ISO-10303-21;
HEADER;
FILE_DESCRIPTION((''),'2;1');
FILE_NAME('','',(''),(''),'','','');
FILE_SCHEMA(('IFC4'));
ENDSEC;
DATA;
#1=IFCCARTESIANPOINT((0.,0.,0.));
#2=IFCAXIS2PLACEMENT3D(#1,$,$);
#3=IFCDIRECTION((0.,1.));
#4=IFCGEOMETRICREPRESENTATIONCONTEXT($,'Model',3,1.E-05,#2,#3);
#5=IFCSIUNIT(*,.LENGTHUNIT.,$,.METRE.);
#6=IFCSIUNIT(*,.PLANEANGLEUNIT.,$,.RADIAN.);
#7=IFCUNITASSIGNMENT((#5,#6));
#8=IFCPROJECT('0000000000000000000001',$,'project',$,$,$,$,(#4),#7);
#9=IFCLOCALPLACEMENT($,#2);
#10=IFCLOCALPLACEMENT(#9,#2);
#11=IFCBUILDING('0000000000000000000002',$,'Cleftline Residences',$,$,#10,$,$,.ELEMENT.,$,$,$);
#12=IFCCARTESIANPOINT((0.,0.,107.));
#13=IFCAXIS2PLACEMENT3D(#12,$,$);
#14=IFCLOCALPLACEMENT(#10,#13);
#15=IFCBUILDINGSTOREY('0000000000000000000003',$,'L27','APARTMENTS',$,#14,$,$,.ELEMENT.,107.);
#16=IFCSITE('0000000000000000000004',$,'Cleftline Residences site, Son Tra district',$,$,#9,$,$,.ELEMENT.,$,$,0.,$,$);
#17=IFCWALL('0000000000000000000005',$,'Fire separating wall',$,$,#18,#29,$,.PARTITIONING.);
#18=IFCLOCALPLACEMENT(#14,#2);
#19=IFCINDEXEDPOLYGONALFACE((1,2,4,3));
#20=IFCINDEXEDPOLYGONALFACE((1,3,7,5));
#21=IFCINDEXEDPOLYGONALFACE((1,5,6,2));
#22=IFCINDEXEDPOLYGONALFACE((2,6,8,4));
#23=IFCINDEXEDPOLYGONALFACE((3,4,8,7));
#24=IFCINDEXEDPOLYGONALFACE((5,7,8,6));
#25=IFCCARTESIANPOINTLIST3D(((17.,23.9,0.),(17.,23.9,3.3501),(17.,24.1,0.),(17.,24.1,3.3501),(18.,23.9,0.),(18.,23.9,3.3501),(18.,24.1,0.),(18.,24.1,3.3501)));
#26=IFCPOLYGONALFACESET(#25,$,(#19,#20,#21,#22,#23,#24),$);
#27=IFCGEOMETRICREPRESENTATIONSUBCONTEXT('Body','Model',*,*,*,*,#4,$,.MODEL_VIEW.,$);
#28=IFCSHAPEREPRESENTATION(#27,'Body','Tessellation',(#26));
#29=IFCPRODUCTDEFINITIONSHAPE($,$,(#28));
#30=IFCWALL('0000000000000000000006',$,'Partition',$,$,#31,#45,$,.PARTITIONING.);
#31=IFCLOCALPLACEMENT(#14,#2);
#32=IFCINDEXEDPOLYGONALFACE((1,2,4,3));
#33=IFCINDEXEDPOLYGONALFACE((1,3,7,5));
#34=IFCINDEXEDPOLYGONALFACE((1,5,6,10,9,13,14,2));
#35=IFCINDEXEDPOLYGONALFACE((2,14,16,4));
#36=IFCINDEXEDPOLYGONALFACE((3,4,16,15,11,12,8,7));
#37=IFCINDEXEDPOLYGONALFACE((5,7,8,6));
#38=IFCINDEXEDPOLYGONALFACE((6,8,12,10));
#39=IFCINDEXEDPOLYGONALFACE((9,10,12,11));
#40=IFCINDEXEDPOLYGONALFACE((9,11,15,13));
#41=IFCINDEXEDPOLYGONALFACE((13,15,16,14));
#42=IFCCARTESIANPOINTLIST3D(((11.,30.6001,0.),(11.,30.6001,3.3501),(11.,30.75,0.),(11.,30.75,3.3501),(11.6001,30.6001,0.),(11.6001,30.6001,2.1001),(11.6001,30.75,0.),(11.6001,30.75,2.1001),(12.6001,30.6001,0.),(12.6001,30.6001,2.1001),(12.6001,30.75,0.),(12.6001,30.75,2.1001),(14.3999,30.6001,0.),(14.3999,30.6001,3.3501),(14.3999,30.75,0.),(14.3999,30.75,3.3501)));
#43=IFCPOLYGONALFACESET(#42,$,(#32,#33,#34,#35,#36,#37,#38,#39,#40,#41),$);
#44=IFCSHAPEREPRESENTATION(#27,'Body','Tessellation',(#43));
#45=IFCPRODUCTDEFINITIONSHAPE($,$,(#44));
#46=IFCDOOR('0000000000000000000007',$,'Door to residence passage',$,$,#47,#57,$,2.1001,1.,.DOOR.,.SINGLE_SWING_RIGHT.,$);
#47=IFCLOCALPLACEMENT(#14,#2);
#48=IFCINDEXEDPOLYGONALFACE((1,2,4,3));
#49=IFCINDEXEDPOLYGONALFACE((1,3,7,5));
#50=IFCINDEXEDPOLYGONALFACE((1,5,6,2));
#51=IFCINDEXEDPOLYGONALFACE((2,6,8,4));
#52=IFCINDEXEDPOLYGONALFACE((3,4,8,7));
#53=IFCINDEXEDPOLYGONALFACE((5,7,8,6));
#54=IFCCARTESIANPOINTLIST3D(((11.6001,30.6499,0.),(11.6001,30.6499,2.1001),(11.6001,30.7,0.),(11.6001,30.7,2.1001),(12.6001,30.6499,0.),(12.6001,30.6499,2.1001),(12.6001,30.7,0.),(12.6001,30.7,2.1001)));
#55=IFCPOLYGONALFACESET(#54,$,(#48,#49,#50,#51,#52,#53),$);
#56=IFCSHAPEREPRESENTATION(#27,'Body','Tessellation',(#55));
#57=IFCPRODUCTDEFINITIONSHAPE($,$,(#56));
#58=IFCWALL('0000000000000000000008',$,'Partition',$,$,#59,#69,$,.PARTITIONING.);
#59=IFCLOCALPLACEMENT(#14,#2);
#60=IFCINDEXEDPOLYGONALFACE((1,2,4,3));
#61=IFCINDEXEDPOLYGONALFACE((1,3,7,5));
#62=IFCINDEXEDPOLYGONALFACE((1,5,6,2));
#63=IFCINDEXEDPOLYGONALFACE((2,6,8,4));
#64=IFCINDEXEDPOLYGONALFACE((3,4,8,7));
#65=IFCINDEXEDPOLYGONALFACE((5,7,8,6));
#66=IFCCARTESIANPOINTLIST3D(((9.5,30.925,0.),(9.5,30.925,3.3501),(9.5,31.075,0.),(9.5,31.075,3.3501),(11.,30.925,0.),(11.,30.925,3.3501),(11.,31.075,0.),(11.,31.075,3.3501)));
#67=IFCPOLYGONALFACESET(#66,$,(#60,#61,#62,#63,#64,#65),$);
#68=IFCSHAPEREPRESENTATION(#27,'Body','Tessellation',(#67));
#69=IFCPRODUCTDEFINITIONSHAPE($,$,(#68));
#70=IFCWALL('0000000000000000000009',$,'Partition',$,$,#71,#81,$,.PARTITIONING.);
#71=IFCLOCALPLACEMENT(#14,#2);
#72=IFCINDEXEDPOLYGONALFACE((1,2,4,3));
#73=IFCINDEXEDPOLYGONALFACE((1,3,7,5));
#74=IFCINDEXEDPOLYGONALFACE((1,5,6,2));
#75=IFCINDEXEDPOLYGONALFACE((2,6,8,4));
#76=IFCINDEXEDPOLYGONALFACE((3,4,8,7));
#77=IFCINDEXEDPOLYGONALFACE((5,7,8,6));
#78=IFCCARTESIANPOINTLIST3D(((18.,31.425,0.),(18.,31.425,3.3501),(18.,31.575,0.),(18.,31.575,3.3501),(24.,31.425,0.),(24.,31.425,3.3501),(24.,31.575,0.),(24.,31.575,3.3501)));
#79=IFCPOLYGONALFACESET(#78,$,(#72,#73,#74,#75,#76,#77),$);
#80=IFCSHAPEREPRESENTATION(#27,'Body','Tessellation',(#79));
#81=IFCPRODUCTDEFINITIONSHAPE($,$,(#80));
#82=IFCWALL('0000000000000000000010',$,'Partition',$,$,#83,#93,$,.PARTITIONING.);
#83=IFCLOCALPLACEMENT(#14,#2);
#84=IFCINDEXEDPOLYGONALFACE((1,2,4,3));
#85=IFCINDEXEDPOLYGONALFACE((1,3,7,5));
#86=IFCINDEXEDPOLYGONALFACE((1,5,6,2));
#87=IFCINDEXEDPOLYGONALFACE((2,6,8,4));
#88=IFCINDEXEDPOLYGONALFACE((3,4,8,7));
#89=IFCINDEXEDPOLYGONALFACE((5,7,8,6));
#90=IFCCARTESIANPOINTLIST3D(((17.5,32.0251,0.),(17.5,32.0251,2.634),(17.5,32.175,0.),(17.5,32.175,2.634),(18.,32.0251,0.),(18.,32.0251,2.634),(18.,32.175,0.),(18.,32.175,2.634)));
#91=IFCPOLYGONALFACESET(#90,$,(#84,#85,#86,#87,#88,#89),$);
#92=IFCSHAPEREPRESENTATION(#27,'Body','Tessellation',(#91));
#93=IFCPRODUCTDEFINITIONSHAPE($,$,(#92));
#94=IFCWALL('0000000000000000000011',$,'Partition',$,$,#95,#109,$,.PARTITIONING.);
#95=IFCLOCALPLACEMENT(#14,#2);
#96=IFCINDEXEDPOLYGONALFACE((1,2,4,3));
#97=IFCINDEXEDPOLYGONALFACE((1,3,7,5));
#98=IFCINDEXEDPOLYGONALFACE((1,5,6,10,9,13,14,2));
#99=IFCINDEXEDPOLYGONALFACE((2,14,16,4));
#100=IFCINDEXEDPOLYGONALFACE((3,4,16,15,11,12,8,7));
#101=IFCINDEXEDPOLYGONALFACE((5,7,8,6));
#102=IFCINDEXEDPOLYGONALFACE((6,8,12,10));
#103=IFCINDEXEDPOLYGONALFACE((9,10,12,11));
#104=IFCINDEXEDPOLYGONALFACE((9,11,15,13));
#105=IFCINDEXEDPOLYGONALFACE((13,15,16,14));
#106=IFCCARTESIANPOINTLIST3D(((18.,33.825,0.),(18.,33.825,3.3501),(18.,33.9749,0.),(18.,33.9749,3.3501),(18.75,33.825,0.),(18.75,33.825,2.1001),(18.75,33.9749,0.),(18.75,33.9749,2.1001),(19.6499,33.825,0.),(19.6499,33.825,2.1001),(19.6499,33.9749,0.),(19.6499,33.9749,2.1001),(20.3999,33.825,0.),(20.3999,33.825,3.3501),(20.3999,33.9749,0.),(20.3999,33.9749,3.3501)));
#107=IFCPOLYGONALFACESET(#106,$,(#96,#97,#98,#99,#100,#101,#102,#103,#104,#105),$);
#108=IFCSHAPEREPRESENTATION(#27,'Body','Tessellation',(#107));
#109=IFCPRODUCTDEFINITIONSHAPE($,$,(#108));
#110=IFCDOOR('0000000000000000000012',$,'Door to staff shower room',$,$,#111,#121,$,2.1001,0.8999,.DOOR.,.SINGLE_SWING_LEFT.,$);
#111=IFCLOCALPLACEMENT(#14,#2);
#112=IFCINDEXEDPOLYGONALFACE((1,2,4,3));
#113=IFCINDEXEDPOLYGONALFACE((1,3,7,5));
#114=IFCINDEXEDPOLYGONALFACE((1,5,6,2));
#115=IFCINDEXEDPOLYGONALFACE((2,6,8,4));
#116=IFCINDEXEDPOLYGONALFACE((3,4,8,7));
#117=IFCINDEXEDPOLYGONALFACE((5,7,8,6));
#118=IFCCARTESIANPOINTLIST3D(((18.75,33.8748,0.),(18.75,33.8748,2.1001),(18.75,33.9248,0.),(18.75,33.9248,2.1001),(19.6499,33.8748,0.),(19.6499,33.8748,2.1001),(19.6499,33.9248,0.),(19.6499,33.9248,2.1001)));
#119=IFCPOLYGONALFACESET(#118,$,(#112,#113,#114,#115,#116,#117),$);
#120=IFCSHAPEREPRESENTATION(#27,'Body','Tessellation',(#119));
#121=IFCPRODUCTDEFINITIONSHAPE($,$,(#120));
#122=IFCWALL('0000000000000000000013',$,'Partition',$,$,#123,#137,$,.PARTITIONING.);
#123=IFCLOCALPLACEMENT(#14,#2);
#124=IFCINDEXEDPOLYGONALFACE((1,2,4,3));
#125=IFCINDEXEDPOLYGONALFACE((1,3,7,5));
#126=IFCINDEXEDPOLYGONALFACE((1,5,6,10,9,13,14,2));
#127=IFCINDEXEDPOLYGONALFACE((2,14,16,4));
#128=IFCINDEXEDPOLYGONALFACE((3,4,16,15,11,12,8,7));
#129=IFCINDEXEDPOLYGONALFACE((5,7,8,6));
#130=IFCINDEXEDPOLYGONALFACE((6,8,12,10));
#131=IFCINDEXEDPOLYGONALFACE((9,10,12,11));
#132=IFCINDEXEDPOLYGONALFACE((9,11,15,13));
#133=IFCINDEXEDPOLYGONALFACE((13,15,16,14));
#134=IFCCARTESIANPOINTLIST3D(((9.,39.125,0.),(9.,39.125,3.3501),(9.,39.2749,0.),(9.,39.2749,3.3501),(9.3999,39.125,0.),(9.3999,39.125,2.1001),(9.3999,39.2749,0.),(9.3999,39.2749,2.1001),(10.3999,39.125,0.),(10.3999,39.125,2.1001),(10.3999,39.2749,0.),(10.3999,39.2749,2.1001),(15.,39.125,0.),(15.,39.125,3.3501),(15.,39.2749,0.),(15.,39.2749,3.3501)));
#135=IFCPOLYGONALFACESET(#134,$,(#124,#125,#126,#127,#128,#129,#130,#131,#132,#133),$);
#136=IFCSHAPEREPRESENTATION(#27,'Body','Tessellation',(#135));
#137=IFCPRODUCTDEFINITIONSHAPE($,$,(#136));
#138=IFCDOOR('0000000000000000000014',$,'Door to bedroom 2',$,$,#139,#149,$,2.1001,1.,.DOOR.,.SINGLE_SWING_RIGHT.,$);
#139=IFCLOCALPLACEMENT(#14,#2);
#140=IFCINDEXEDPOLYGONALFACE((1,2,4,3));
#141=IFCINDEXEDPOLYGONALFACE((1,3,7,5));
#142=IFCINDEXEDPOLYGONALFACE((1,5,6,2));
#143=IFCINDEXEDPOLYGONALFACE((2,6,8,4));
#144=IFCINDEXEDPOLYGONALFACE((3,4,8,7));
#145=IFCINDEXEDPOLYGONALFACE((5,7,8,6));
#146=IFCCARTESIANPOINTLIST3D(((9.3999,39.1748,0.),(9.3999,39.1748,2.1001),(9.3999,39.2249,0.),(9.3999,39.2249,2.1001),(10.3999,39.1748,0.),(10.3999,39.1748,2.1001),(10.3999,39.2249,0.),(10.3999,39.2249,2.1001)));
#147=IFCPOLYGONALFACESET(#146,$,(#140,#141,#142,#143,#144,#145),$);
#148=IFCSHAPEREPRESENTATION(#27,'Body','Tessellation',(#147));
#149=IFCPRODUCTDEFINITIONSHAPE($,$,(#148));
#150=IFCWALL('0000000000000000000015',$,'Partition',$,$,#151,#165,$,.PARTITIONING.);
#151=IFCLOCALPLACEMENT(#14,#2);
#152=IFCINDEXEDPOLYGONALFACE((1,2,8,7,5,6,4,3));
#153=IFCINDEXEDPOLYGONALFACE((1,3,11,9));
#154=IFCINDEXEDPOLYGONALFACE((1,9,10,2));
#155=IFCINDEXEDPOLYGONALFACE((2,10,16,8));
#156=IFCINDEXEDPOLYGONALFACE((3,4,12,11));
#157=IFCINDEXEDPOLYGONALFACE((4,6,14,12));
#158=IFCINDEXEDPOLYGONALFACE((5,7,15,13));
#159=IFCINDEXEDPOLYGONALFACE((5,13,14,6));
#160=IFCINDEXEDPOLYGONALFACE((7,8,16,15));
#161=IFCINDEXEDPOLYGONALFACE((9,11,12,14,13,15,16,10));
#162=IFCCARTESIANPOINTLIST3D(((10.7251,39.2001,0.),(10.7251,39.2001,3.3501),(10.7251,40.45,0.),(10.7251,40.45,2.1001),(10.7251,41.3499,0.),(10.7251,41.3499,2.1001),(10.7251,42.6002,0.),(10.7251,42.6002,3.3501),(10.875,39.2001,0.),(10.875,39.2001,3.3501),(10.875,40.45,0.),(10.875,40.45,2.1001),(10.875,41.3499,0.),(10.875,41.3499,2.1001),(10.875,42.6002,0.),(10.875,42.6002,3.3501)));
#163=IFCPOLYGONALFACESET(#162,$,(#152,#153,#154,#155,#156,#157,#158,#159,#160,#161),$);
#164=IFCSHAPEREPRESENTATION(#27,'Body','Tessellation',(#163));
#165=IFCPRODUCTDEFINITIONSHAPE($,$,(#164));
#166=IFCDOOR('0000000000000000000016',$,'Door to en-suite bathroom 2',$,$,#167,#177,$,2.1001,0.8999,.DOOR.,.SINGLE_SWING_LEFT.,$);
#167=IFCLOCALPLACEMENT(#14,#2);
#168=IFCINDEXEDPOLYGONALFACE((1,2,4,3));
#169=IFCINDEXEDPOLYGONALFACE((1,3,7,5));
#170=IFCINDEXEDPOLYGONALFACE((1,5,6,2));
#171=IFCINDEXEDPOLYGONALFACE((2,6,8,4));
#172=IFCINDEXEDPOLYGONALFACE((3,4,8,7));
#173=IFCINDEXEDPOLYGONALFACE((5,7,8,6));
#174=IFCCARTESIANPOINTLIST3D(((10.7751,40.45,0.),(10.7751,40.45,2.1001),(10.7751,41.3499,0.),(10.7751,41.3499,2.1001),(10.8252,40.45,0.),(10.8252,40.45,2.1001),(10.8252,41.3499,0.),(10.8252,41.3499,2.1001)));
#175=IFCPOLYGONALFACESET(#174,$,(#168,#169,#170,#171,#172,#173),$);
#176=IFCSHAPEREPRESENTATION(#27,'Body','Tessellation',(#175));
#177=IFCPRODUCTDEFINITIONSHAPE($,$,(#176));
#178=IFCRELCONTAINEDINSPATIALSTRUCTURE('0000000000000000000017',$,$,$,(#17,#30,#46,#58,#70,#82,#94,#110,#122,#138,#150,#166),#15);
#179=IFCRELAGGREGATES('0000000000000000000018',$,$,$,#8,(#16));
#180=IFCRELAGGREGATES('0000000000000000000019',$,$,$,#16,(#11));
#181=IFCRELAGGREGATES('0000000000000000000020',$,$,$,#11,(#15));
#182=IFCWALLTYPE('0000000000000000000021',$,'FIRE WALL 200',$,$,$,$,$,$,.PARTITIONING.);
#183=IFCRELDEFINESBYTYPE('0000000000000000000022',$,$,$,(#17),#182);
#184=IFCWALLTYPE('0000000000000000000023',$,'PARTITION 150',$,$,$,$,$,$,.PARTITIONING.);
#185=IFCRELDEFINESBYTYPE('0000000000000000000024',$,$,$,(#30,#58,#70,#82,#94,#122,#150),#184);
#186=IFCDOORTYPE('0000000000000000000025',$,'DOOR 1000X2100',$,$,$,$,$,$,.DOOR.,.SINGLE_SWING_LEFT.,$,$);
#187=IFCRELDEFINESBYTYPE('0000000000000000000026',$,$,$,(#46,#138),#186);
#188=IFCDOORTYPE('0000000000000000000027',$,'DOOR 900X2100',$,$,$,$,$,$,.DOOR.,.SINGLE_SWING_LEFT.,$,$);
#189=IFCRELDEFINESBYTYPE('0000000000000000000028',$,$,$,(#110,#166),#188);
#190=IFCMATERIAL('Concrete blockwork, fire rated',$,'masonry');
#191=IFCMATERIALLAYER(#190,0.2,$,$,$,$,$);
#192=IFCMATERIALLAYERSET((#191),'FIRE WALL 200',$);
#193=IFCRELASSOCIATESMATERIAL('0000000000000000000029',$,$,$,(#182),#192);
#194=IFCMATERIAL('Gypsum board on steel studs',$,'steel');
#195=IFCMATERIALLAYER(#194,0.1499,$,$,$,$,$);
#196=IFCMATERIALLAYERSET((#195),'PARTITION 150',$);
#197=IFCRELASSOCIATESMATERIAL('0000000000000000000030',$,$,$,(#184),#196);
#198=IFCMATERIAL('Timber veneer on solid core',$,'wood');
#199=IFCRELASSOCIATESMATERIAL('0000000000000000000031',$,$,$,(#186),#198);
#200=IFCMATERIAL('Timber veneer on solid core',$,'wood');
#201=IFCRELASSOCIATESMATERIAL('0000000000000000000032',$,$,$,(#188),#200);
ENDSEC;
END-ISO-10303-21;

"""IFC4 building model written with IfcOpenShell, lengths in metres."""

from ifc_helpers import new_model, si_unit, direction, frame, frame_2d, origin, place, context, subcontext, project, spatial, rectangle, extrude, material, layer, layer_set, type_object, element, fill, save


model = new_model("IFC4")

# Units and contexts
model_context = context("Model", 3, precision=1e-05, world=origin(), true_north=direction((0.0, 1.0)))
body_context = subcontext(model_context, "Body", "Model", "MODEL_VIEW")
ifc_project = project(units=[si_unit("LENGTHUNIT", "METRE"), si_unit("PLANEANGLEUNIT", "RADIAN")], contexts=[model_context])

# Site, building, storey
site_placement = place(None, origin())
site = spatial("IfcSite", under=ifc_project, at=site_placement, Name="Cleftline Residences site, Son Tra district", CompositionType="ELEMENT", RefElevation=0.0)
building_placement = place(site_placement, origin())
building = spatial("IfcBuilding", under=site, at=building_placement, Name="Cleftline Residences", CompositionType="ELEMENT")
storey_placement = place(building_placement, frame((0.0, 0.0, 107.0)))
storey = spatial("IfcBuildingStorey", under=building, at=storey_placement, Name="L27", Description="APARTMENTS", CompositionType="ELEMENT", Elevation=107.0)

# Wall
ifc_material_1 = material(Name="Concrete blockwork, fire rated", Category="masonry")
ifc_layer_1 = layer(ifc_material_1, 0.2)
ifc_layer_set_1 = layer_set([ifc_layer_1], Name="FIRE WALL 200")
wall_type_1 = type_object("IfcWallType", Name="FIRE WALL 200", PredefinedType="PARTITIONING", material=ifc_layer_set_1)
wall_1_placement = place(storey_placement, frame((17.0, 24.0, 0.0), z_axis=(0.0, 0.0, 1.0), x_axis=(1.0, 0.0, 0.0)))
element("IfcWall", 1, at=wall_1_placement, inside=storey, type_object=wall_type_1, Name="Fire separating wall", PredefinedType="PARTITIONING", context=body_context, shape_type="SweptSolid", body=[
    extrude(rectangle(XDim=1.0, YDim=0.2, at=frame_2d((0.5, 0.0))), origin(), (0.0, 0.0, 1.0), 3.3501),
])

# Wall, opening, door
ifc_material_2 = material(Name="Gypsum board on steel studs", Category="steel")
ifc_layer_2 = layer(ifc_material_2, 0.1499)
ifc_layer_set_2 = layer_set([ifc_layer_2], Name="PARTITION 150")
wall_type_2 = type_object("IfcWallType", Name="PARTITION 150", PredefinedType="PARTITIONING", material=ifc_layer_set_2)
wall_2_placement = place(storey_placement, frame((11.0, 30.675, 0.0), z_axis=(0.0, 0.0, 1.0), x_axis=(1.0, 0.0, 0.0)))
wall_2 = element("IfcWall", 2, at=wall_2_placement, inside=storey, type_object=wall_type_2, Name="Partition", PredefinedType="PARTITIONING", context=body_context, shape_type="SweptSolid", body=[
    extrude(rectangle(XDim=3.3999, YDim=0.1499, at=frame_2d((1.7, 0.0))), origin(), (0.0, 0.0, 1.0), 3.3501),
])
opening_1_placement = place(wall_2_placement, frame((0.6001, 0.0, 0.0)))
opening_1 = element("IfcOpeningElement", 3, at=opening_1_placement, cuts=wall_2, PredefinedType="OPENING", context=body_context, shape_type="SweptSolid", body=[
    extrude(rectangle(XDim=1.0, YDim=2.1001, at=frame_2d((0.5, 1.05))), frame((0.0, 0.085, 0.0), z_axis=(0.0, -1.0, 0.0), x_axis=(1.0, 0.0, 0.0)), (0.0, 0.0, 1.0), 0.1699),
])
ifc_material_3 = material(Name="Timber veneer on solid core", Category="wood")
door_type_1 = type_object("IfcDoorType", Name="DOOR 1000X2100", OperationType="SINGLE_SWING_LEFT", PredefinedType="DOOR", material=ifc_material_3)
door_1_placement = place(opening_1_placement, origin())
door_1 = element("IfcDoor", 4, at=door_1_placement, inside=storey, type_object=door_type_1, Name="Door to residence passage", OperationType="SINGLE_SWING_RIGHT", OverallHeight=2.1001, OverallWidth=1.0, PredefinedType="DOOR", context=body_context, shape_type="SweptSolid", body=[
    extrude(rectangle(XDim=1.0, YDim=2.1001, at=frame_2d((0.5, 1.05))), frame((0.0, 0.0249, 0.0), z_axis=(0.0, -1.0, 0.0), x_axis=(1.0, 0.0, 0.0)), (0.0, 0.0, 1.0), 0.05),
])
fill(opening_1, door_1)

# Walls
wall_3_placement = place(storey_placement, frame((9.5, 31.0, 0.0), z_axis=(0.0, 0.0, 1.0), x_axis=(1.0, 0.0, 0.0)))
element("IfcWall", 5, at=wall_3_placement, inside=storey, type_object=wall_type_2, Name="Partition", PredefinedType="PARTITIONING", context=body_context, shape_type="SweptSolid", body=[
    extrude(rectangle(XDim=1.5, YDim=0.1499, at=frame_2d((0.75, 0.0))), origin(), (0.0, 0.0, 1.0), 3.3501),
])
wall_4_placement = place(storey_placement, frame((18.0, 31.5, 0.0), z_axis=(0.0, 0.0, 1.0), x_axis=(1.0, 0.0, 0.0)))
element("IfcWall", 6, at=wall_4_placement, inside=storey, type_object=wall_type_2, Name="Partition", PredefinedType="PARTITIONING", context=body_context, shape_type="SweptSolid", body=[
    extrude(rectangle(XDim=6.0, YDim=0.1499, at=frame_2d((3.0, 0.0))), origin(), (0.0, 0.0, 1.0), 3.3501),
])
wall_5_placement = place(storey_placement, frame((17.5, 32.1001, 0.0), z_axis=(0.0, 0.0, 1.0), x_axis=(1.0, 0.0, 0.0)))
element("IfcWall", 7, at=wall_5_placement, inside=storey, type_object=wall_type_2, Name="Partition", PredefinedType="PARTITIONING", context=body_context, shape_type="SweptSolid", body=[
    extrude(rectangle(XDim=0.5, YDim=0.1499, at=frame_2d((0.25, 0.0))), origin(), (0.0, 0.0, 1.0), 2.634),
])

# Walls, openings, doors
wall_6_placement = place(storey_placement, frame((18.0, 33.8999, 0.0), z_axis=(0.0, 0.0, 1.0), x_axis=(1.0, 0.0, 0.0)))
wall_6 = element("IfcWall", 8, at=wall_6_placement, inside=storey, type_object=wall_type_2, Name="Partition", PredefinedType="PARTITIONING", context=body_context, shape_type="SweptSolid", body=[
    extrude(rectangle(XDim=2.3999, YDim=0.1499, at=frame_2d((1.2, 0.0))), origin(), (0.0, 0.0, 1.0), 3.3501),
])
opening_2_placement = place(wall_6_placement, frame((0.75, 0.0, 0.0)))
opening_2 = element("IfcOpeningElement", 9, at=opening_2_placement, cuts=wall_6, PredefinedType="OPENING", context=body_context, shape_type="SweptSolid", body=[
    extrude(rectangle(XDim=0.8999, YDim=2.1001, at=frame_2d((0.45, 1.05))), frame((0.0, 0.085, 0.0), z_axis=(0.0, -1.0, 0.0), x_axis=(1.0, 0.0, 0.0)), (0.0, 0.0, 1.0), 0.1699),
])
ifc_material_4 = material(Name="Timber veneer on solid core", Category="wood")
door_type_2 = type_object("IfcDoorType", Name="DOOR 900X2100", OperationType="SINGLE_SWING_LEFT", PredefinedType="DOOR", material=ifc_material_4)
door_2_placement = place(opening_2_placement, origin())
door_2 = element("IfcDoor", 10, at=door_2_placement, inside=storey, type_object=door_type_2, Name="Door to staff shower room", OperationType="SINGLE_SWING_LEFT", OverallHeight=2.1001, OverallWidth=0.8999, PredefinedType="DOOR", context=body_context, shape_type="SweptSolid", body=[
    extrude(rectangle(XDim=0.8999, YDim=2.1001, at=frame_2d((0.45, 1.05))), frame((0.0, 0.0249, 0.0), z_axis=(0.0, -1.0, 0.0), x_axis=(1.0, 0.0, 0.0)), (0.0, 0.0, 1.0), 0.05),
])
fill(opening_2, door_2)
wall_7_placement = place(storey_placement, frame((9.0, 39.2, 0.0), z_axis=(0.0, 0.0, 1.0), x_axis=(1.0, 0.0, 0.0)))
wall_7 = element("IfcWall", 11, at=wall_7_placement, inside=storey, type_object=wall_type_2, Name="Partition", PredefinedType="PARTITIONING", context=body_context, shape_type="SweptSolid", body=[
    extrude(rectangle(XDim=6.0, YDim=0.1499, at=frame_2d((3.0, 0.0))), origin(), (0.0, 0.0, 1.0), 3.3501),
])
opening_3_placement = place(wall_7_placement, frame((0.3999, 0.0, 0.0)))
opening_3 = element("IfcOpeningElement", 12, at=opening_3_placement, cuts=wall_7, PredefinedType="OPENING", context=body_context, shape_type="SweptSolid", body=[
    extrude(rectangle(XDim=1.0, YDim=2.1001, at=frame_2d((0.5, 1.05))), frame((0.0, 0.085, 0.0), z_axis=(0.0, -1.0, 0.0), x_axis=(1.0, 0.0, 0.0)), (0.0, 0.0, 1.0), 0.1699),
])
door_3_placement = place(opening_3_placement, origin())
door_3 = element("IfcDoor", 13, at=door_3_placement, inside=storey, type_object=door_type_1, Name="Door to bedroom 2", OperationType="SINGLE_SWING_RIGHT", OverallHeight=2.1001, OverallWidth=1.0, PredefinedType="DOOR", context=body_context, shape_type="SweptSolid", body=[
    extrude(rectangle(XDim=1.0, YDim=2.1001, at=frame_2d((0.5, 1.05))), frame((0.0, 0.0249, 0.0), z_axis=(0.0, -1.0, 0.0), x_axis=(1.0, 0.0, 0.0)), (0.0, 0.0, 1.0), 0.05),
])
fill(opening_3, door_3)
wall_8_placement = place(storey_placement, frame((10.8, 39.2, 0.0), z_axis=(0.0, 0.0, 1.0), x_axis=(0.0, 1.0, 0.0)))
wall_8 = element("IfcWall", 14, at=wall_8_placement, inside=storey, type_object=wall_type_2, Name="Partition", PredefinedType="PARTITIONING", context=body_context, shape_type="SweptSolid", body=[
    extrude(rectangle(XDim=3.4001, YDim=0.1499, at=frame_2d((1.7002, 0.0))), origin(), (0.0, 0.0, 1.0), 3.3501),
])
opening_4_placement = place(wall_8_placement, frame((1.25, 0.0, 0.0)))
opening_4 = element("IfcOpeningElement", 15, at=opening_4_placement, cuts=wall_8, PredefinedType="OPENING", context=body_context, shape_type="SweptSolid", body=[
    extrude(rectangle(XDim=0.8999, YDim=2.1001, at=frame_2d((0.45, 1.05))), frame((0.0, 0.085, 0.0), z_axis=(0.0, -1.0, 0.0), x_axis=(1.0, 0.0, 0.0)), (0.0, 0.0, 1.0), 0.1699),
])
door_4_placement = place(opening_4_placement, origin())
door_4 = element("IfcDoor", 16, at=door_4_placement, inside=storey, type_object=door_type_2, Name="Door to en-suite bathroom 2", OperationType="SINGLE_SWING_LEFT", OverallHeight=2.1001, OverallWidth=0.8999, PredefinedType="DOOR", context=body_context, shape_type="SweptSolid", body=[
    extrude(rectangle(XDim=0.8999, YDim=2.1001, at=frame_2d((0.45, 1.05))), frame((0.0, 0.0249, 0.0), z_axis=(0.0, -1.0, 0.0), x_axis=(1.0, 0.0, 0.0)), (0.0, 0.0, 1.0), 0.05),
])
fill(opening_4, door_4)

save(model, "model.ifc")
